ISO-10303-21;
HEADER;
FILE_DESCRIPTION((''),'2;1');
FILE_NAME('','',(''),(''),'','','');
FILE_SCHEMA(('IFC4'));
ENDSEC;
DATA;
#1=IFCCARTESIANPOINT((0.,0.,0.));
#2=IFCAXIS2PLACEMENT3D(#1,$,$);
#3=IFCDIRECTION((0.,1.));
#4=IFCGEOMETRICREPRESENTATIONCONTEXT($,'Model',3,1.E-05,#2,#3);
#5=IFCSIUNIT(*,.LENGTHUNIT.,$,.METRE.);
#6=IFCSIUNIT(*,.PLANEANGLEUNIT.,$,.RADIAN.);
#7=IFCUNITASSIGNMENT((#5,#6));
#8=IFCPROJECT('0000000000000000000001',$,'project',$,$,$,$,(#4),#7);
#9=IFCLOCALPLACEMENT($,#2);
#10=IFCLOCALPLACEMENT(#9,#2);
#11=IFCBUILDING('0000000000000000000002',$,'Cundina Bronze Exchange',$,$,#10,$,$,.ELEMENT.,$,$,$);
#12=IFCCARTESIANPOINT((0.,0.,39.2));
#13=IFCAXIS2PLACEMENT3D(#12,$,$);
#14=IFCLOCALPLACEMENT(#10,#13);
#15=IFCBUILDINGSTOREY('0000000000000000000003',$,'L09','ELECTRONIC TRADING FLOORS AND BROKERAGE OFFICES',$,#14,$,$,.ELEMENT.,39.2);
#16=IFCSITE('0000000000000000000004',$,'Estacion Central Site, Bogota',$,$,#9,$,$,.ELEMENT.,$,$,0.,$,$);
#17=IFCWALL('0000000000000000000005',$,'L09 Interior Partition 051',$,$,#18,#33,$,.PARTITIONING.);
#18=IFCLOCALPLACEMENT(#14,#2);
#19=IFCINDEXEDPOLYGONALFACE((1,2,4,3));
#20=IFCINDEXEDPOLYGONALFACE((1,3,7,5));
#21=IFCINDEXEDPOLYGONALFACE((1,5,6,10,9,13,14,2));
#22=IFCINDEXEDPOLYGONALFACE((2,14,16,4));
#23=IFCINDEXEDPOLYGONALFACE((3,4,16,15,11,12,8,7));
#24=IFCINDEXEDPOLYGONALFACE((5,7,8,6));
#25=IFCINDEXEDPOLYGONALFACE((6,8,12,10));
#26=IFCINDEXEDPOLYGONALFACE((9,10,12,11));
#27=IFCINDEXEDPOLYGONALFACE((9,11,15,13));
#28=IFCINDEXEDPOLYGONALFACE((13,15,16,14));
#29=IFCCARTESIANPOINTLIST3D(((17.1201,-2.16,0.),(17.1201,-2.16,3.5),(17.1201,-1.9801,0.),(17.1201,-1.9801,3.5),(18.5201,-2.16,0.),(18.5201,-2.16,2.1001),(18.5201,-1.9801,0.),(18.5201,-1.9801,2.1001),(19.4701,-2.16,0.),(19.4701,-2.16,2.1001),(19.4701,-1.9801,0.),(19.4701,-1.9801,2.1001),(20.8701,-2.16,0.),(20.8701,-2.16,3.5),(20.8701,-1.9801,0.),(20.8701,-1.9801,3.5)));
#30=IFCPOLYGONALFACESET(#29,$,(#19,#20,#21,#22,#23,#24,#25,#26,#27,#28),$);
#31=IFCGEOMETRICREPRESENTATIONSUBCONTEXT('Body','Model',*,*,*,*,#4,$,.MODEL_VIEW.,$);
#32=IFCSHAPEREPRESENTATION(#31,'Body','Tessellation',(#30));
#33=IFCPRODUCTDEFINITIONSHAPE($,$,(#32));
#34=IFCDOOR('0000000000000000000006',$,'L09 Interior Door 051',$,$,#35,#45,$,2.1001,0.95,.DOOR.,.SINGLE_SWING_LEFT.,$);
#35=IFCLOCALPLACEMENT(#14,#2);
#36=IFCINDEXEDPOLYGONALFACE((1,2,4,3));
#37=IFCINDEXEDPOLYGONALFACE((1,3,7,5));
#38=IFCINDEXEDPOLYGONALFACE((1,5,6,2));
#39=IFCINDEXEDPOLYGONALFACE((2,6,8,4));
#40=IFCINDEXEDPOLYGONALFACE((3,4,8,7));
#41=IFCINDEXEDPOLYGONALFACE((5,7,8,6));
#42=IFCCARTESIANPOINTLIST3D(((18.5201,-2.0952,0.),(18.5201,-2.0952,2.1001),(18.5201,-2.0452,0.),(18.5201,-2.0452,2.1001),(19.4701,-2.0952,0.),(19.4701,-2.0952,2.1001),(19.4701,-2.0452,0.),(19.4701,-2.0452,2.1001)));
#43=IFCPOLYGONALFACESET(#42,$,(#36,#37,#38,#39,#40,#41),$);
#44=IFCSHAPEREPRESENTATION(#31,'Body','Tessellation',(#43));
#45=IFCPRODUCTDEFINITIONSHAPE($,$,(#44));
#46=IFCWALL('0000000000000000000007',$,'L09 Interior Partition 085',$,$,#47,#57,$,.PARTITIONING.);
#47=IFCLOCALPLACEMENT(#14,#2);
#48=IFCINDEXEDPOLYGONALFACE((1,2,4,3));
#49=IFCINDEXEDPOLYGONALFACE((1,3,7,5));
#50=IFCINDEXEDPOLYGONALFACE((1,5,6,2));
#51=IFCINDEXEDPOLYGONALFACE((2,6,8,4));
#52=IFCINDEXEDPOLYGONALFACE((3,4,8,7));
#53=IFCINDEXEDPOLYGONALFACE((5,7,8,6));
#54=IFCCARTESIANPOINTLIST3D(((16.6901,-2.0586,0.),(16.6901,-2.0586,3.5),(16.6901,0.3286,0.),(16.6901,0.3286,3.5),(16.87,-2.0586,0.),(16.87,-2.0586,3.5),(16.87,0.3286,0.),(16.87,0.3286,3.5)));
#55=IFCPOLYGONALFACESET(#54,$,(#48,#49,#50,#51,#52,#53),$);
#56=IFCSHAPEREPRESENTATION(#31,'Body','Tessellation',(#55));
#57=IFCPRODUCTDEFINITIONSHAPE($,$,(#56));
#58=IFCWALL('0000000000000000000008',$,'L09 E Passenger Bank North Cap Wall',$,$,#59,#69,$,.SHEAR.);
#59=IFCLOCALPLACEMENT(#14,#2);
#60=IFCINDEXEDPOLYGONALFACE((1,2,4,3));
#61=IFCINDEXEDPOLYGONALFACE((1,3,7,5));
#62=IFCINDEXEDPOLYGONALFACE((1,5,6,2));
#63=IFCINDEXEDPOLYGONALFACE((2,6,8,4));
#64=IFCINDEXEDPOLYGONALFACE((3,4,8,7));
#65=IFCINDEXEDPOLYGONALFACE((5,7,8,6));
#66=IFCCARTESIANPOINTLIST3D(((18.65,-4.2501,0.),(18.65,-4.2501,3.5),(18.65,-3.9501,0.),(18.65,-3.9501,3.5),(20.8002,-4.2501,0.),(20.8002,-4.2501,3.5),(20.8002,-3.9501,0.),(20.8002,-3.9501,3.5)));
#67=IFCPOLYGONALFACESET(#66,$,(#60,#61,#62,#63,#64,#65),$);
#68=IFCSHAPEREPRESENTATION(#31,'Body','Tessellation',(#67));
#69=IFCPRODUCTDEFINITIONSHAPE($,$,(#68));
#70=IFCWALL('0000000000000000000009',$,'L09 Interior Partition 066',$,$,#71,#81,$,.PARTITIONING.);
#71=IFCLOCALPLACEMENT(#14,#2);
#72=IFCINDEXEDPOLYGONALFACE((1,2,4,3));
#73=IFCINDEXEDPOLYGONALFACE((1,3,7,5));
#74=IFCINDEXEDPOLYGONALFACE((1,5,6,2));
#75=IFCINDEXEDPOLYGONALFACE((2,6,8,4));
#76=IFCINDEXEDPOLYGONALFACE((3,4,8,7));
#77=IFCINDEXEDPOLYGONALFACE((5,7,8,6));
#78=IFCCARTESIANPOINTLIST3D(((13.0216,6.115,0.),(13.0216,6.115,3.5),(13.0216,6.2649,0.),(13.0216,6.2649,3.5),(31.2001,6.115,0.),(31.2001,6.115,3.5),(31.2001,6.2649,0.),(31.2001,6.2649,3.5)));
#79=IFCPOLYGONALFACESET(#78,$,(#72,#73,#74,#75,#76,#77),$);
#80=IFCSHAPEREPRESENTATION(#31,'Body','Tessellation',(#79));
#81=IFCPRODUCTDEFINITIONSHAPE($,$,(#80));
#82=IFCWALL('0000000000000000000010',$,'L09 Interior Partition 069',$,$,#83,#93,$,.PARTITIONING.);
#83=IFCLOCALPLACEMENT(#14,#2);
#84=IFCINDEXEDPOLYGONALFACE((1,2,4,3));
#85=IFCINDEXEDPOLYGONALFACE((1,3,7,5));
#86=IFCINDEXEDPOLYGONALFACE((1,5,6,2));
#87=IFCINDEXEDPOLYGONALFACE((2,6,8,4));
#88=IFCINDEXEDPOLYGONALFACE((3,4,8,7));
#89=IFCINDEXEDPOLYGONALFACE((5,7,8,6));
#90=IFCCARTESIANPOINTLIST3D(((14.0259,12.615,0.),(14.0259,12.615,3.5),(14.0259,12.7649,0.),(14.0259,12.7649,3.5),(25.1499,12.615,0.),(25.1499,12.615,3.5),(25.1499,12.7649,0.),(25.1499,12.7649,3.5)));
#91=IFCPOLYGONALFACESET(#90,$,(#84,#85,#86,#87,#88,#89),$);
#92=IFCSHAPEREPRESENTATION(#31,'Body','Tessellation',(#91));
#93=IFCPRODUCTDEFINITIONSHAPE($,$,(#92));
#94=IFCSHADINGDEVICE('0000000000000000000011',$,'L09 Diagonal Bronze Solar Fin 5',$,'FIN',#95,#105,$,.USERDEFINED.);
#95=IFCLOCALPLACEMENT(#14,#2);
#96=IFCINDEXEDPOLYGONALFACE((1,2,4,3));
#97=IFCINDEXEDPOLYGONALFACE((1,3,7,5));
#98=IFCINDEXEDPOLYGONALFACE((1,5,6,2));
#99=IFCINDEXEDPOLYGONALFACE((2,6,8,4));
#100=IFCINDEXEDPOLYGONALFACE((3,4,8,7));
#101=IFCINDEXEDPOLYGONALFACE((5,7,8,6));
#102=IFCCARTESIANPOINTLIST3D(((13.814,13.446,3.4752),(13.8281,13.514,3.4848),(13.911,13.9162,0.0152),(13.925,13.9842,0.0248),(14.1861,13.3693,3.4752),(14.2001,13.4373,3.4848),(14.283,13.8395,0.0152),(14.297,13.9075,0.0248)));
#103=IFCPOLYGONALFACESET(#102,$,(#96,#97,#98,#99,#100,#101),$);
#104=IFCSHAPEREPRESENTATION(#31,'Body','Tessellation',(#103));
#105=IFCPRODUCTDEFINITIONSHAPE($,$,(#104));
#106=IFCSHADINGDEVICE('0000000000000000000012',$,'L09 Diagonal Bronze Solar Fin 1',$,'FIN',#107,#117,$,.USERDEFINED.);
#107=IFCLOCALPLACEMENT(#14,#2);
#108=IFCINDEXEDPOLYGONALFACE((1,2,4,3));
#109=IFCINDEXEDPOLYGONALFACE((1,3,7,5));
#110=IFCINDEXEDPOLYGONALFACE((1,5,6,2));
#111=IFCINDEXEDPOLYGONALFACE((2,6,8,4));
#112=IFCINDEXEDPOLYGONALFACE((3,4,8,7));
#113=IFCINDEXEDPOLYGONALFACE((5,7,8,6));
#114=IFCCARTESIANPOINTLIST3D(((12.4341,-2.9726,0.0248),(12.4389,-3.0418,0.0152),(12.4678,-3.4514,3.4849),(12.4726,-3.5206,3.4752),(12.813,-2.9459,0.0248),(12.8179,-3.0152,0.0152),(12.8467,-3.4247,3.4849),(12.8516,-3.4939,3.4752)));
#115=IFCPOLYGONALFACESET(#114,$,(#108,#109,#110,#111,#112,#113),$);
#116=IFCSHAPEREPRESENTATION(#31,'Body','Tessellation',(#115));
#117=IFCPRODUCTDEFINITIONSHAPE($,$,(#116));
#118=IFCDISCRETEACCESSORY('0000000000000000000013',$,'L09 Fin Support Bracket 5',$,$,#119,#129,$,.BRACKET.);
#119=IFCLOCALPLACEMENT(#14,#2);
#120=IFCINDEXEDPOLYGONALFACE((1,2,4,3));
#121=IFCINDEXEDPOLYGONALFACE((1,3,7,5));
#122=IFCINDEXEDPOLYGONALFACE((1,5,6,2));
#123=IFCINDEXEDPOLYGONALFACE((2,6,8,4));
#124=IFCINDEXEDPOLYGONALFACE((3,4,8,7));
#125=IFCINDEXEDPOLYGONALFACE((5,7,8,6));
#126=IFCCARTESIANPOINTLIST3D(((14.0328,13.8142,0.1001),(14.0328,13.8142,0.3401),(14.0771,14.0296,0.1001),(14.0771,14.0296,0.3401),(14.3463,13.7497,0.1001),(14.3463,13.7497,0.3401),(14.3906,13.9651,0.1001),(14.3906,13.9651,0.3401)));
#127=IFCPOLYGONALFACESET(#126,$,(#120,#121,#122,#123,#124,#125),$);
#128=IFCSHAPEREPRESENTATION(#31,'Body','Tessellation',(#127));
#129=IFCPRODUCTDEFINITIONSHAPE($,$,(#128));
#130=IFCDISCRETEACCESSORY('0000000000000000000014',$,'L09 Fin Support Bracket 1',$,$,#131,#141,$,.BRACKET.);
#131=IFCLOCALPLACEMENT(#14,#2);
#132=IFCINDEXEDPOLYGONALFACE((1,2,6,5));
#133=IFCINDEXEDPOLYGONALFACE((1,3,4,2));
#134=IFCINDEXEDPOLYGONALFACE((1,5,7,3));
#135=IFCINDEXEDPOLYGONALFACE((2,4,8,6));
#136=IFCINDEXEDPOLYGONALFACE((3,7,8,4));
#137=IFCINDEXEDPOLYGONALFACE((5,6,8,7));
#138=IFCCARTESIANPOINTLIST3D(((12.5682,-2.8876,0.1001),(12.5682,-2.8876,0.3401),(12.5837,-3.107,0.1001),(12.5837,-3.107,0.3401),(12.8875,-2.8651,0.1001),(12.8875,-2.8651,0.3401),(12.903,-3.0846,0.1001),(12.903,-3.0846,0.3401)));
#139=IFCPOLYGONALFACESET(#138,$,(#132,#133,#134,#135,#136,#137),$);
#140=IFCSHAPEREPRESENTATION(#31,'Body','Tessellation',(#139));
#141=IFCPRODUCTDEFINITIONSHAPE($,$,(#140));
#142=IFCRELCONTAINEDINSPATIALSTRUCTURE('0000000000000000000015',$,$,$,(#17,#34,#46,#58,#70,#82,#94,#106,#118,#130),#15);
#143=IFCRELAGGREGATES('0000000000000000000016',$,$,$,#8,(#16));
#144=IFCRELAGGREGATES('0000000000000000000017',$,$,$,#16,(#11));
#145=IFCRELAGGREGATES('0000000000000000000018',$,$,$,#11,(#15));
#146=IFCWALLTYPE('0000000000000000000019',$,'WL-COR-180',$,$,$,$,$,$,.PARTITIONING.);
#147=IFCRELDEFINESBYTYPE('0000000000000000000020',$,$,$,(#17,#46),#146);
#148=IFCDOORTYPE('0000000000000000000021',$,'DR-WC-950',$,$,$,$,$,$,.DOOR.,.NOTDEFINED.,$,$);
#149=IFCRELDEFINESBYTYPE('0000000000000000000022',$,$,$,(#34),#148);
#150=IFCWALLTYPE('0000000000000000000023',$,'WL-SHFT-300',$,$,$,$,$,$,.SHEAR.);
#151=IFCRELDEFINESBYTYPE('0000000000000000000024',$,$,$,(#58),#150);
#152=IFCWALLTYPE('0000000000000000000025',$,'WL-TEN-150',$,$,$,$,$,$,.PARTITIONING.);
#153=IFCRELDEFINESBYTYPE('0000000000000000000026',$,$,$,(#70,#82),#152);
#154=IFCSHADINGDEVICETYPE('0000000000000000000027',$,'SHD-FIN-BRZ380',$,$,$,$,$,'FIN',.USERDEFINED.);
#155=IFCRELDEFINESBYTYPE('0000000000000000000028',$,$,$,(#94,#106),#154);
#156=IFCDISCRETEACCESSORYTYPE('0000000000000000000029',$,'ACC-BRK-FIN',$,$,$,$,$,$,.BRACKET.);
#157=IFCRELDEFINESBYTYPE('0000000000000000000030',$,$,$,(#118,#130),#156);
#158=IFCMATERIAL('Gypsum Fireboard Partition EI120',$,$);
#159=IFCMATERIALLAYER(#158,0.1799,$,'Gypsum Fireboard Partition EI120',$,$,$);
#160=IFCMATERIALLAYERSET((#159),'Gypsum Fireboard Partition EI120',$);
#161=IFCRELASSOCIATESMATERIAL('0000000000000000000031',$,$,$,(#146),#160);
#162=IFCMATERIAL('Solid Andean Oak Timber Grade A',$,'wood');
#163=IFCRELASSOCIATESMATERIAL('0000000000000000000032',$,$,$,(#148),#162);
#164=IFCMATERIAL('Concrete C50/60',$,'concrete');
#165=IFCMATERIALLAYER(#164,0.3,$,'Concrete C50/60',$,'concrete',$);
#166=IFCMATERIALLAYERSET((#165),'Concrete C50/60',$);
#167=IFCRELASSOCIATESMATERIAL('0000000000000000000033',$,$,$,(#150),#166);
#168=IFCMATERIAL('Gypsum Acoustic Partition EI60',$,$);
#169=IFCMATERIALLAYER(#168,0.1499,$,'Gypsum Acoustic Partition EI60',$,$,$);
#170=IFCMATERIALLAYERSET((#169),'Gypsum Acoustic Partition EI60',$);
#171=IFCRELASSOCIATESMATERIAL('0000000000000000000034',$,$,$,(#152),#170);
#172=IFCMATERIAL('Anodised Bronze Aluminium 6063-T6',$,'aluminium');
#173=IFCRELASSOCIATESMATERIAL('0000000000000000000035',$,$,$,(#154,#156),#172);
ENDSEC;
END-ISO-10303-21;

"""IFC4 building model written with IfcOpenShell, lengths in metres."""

from ifc_helpers import new_model, si_unit, direction, frame, frame_2d, origin, origin_2d, place, context, subcontext, project, spatial, rectangle, extrude, material, layer, layer_set, material_profile, profile_set, type_object, element, fill, save


model = new_model("IFC4")

# Units and contexts
model_context = context("Model", 3, precision=1e-05, world=origin(), true_north=direction((0.0, 1.0)))
body_context = subcontext(model_context, "Body", "Model", "MODEL_VIEW")
ifc_project = project(units=[si_unit("LENGTHUNIT", "METRE"), si_unit("PLANEANGLEUNIT", "RADIAN")], contexts=[model_context])

# Site, building, storey
site_placement = place(None, origin())
site = spatial("IfcSite", under=ifc_project, at=site_placement, Name="Estacion Central Site, Bogota", CompositionType="ELEMENT", RefElevation=0.0)
building_placement = place(site_placement, origin())
building = spatial("IfcBuilding", under=site, at=building_placement, Name="Cundina Bronze Exchange", CompositionType="ELEMENT")
storey_placement = place(building_placement, frame((0.0, 0.0, 39.2)))
storey = spatial("IfcBuildingStorey", under=building, at=storey_placement, Name="L09", Description="ELECTRONIC TRADING FLOORS AND BROKERAGE OFFICES", CompositionType="ELEMENT", Elevation=39.2)

# Shared definitions
ifc_material_1 = material(Name="Anodised Bronze Aluminium 6063-T6", Category="aluminium")

# Wall, opening, door
ifc_material_2 = material(Name="Gypsum Fireboard Partition EI120")
ifc_layer_1 = layer(ifc_material_2, 0.1799, Name="Gypsum Fireboard Partition EI120")
ifc_layer_set_1 = layer_set([ifc_layer_1], Name="Gypsum Fireboard Partition EI120")
wall_type_1 = type_object("IfcWallType", Name="WL-COR-180", PredefinedType="PARTITIONING", material=ifc_layer_set_1)
wall_1_placement = place(storey_placement, frame((17.1201, -2.0701, 0.0), z_axis=(0.0, 0.0, 1.0), x_axis=(1.0, 0.0, 0.0)))
wall_1 = element("IfcWall", 1, at=wall_1_placement, inside=storey, type_object=wall_type_1, Name="L09 Interior Partition 051", PredefinedType="PARTITIONING", context=body_context, shape_type="SweptSolid", body=[
    extrude(rectangle(XDim=3.75, YDim=0.1799, at=frame_2d((1.875, 0.0))), origin(), (0.0, 0.0, 1.0), 3.5),
])
opening_placement = place(wall_1_placement, frame((1.3999, 0.0, 0.0)))
opening = element("IfcOpeningElement", 2, at=opening_placement, cuts=wall_1, PredefinedType="OPENING", context=body_context, shape_type="SweptSolid", body=[
    extrude(rectangle(XDim=0.95, YDim=2.1001, at=frame_2d((0.4751, 1.05))), frame((0.0, 0.0999, 0.0), z_axis=(0.0, -1.0, 0.0), x_axis=(1.0, 0.0, 0.0)), (0.0, 0.0, 1.0), 0.2),
])
ifc_material_3 = material(Name="Solid Andean Oak Timber Grade A", Category="wood")
door_type = type_object("IfcDoorType", Name="DR-WC-950", OperationType="NOTDEFINED", PredefinedType="DOOR", material=ifc_material_3)
door_placement = place(opening_placement, origin())
door = element("IfcDoor", 3, at=door_placement, inside=storey, type_object=door_type, Name="L09 Interior Door 051", OperationType="SINGLE_SWING_LEFT", OverallHeight=2.1001, OverallWidth=0.95, PredefinedType="DOOR", context=body_context, shape_type="SweptSolid", body=[
    extrude(rectangle(XDim=0.95, YDim=2.1001, at=frame_2d((0.4751, 1.05))), frame((0.0, 0.0249, 0.0), z_axis=(0.0, -1.0, 0.0), x_axis=(1.0, 0.0, 0.0)), (0.0, 0.0, 1.0), 0.05),
])
fill(opening, door)

# Walls
wall_2_placement = place(storey_placement, frame((16.78, 0.3286, 0.0), z_axis=(0.0, 0.0, 1.0), x_axis=(0.0, -1.0, 0.0)))
element("IfcWall", 4, at=wall_2_placement, inside=storey, type_object=wall_type_1, Name="L09 Interior Partition 085", PredefinedType="PARTITIONING", context=body_context, shape_type="SweptSolid", body=[
    extrude(rectangle(XDim=2.3872, YDim=0.1799, at=frame_2d((1.1936, 0.0))), origin(), (0.0, 0.0, 1.0), 3.5),
])
ifc_material_4 = material(Name="Concrete C50/60", Category="concrete")
ifc_layer_2 = layer(ifc_material_4, 0.3, Name="Concrete C50/60", Category="concrete")
ifc_layer_set_2 = layer_set([ifc_layer_2], Name="Concrete C50/60")
wall_type_2 = type_object("IfcWallType", Name="WL-SHFT-300", PredefinedType="SHEAR", material=ifc_layer_set_2)
wall_3_placement = place(storey_placement, frame((18.6499, -4.1001, 0.0), z_axis=(0.0, 0.0, 1.0), x_axis=(1.0, 0.0, 0.0)))
element("IfcWall", 5, at=wall_3_placement, inside=storey, type_object=wall_type_2, Name="L09 E Passenger Bank North Cap Wall", PredefinedType="SHEAR", context=body_context, shape_type="SweptSolid", body=[
    extrude(rectangle(XDim=2.1501, YDim=0.3, at=frame_2d((1.0752, 0.0))), origin(), (0.0, 0.0, 1.0), 3.5),
])
ifc_material_5 = material(Name="Gypsum Acoustic Partition EI60")
ifc_layer_3 = layer(ifc_material_5, 0.1499, Name="Gypsum Acoustic Partition EI60")
ifc_layer_set_3 = layer_set([ifc_layer_3], Name="Gypsum Acoustic Partition EI60")
wall_type_3 = type_object("IfcWallType", Name="WL-TEN-150", PredefinedType="PARTITIONING", material=ifc_layer_set_3)
wall_4_placement = place(storey_placement, frame((13.0215, 6.1899, 0.0), z_axis=(0.0, 0.0, 1.0), x_axis=(1.0, 0.0, 0.0)))
element("IfcWall", 6, at=wall_4_placement, inside=storey, type_object=wall_type_3, Name="L09 Interior Partition 066", PredefinedType="PARTITIONING", context=body_context, shape_type="SweptSolid", body=[
    extrude(rectangle(XDim=18.1785, YDim=0.1499, at=frame_2d((9.0894, 0.0))), origin(), (0.0, 0.0, 1.0), 3.5),
])
wall_5_placement = place(storey_placement, frame((14.0259, 12.6899, 0.0), z_axis=(0.0, 0.0, 1.0), x_axis=(1.0, 0.0, 0.0)))
element("IfcWall", 7, at=wall_5_placement, inside=storey, type_object=wall_type_3, Name="L09 Interior Partition 069", PredefinedType="PARTITIONING", context=body_context, shape_type="SweptSolid", body=[
    extrude(rectangle(XDim=11.124, YDim=0.1499, at=frame_2d((5.562, 0.0))), origin(), (0.0, 0.0, 1.0), 3.5),
])

# Shading devices
ifc_material_profile_1 = material_profile(ifc_material_1, rectangle(XDim=0.0701, YDim=0.3799, at=origin_2d()), Name="FIN70X380", Category="aluminium")
ifc_profile_set_1 = profile_set([ifc_material_profile_1], Name="Anodised Bronze Aluminium 6063-T6")
shading_device_type = type_object("IfcShadingDeviceType", Name="SHD-FIN-BRZ380", ElementType="FIN", PredefinedType="USERDEFINED", material=ifc_profile_set_1)
for number, where, z_axis, x_axis, name in (
    (8, (14.104, 13.9119, 0.02), (-0.027747, -0.134612, 0.99051), (0.199967, 0.970115, 0.137442), "L09 Diagonal Bronze Solar Fin 5"),
    (9, (12.626, -2.9939, 0.02), (0.009645, -0.137059, 0.990516), (-0.069533, 0.988072, 0.137398), "L09 Diagonal Bronze Solar Fin 1"),
):
    element("IfcShadingDevice", number, at=place(storey_placement, frame(where, z_axis=z_axis, x_axis=x_axis)), inside=storey, type_object=shading_device_type, Name=name, ObjectType="FIN", PredefinedType="USERDEFINED", context=body_context, shape_type="SweptSolid", body=[
        extrude(rectangle(XDim=0.0701, YDim=0.3799, at=origin_2d()), origin(), (0.0, 0.0, 1.0), 3.4932),
    ])

# Discrete accessories
discrete_accessory_type = type_object("IfcDiscreteAccessoryType", Name="ACC-BRK-FIN", PredefinedType="BRACKET", material=ifc_material_1)
for number, where, z_axis, x_axis, name in (
    (10, (14.2117, 13.8896, 0.1001), (0.0, 0.0, 1.0), (-0.20142, -0.979505, 0.0), "L09 Fin Support Bracket 5"),
    (11, (12.7356, -2.9861, 0.1001), (0.0, 0.0, 1.0), (0.070279, -0.997527, 0.0), "L09 Fin Support Bracket 1"),
):
    element("IfcDiscreteAccessory", number, at=place(storey_placement, frame(where, z_axis=z_axis, x_axis=x_axis)), inside=storey, type_object=discrete_accessory_type, Name=name, PredefinedType="BRACKET", context=body_context, shape_type="SweptSolid", body=[
        extrude(rectangle(XDim=0.22, YDim=0.3201, at=origin_2d()), origin(), (0.0, 0.0, 1.0), 0.24),
    ])

save(model, "model.ifc")
